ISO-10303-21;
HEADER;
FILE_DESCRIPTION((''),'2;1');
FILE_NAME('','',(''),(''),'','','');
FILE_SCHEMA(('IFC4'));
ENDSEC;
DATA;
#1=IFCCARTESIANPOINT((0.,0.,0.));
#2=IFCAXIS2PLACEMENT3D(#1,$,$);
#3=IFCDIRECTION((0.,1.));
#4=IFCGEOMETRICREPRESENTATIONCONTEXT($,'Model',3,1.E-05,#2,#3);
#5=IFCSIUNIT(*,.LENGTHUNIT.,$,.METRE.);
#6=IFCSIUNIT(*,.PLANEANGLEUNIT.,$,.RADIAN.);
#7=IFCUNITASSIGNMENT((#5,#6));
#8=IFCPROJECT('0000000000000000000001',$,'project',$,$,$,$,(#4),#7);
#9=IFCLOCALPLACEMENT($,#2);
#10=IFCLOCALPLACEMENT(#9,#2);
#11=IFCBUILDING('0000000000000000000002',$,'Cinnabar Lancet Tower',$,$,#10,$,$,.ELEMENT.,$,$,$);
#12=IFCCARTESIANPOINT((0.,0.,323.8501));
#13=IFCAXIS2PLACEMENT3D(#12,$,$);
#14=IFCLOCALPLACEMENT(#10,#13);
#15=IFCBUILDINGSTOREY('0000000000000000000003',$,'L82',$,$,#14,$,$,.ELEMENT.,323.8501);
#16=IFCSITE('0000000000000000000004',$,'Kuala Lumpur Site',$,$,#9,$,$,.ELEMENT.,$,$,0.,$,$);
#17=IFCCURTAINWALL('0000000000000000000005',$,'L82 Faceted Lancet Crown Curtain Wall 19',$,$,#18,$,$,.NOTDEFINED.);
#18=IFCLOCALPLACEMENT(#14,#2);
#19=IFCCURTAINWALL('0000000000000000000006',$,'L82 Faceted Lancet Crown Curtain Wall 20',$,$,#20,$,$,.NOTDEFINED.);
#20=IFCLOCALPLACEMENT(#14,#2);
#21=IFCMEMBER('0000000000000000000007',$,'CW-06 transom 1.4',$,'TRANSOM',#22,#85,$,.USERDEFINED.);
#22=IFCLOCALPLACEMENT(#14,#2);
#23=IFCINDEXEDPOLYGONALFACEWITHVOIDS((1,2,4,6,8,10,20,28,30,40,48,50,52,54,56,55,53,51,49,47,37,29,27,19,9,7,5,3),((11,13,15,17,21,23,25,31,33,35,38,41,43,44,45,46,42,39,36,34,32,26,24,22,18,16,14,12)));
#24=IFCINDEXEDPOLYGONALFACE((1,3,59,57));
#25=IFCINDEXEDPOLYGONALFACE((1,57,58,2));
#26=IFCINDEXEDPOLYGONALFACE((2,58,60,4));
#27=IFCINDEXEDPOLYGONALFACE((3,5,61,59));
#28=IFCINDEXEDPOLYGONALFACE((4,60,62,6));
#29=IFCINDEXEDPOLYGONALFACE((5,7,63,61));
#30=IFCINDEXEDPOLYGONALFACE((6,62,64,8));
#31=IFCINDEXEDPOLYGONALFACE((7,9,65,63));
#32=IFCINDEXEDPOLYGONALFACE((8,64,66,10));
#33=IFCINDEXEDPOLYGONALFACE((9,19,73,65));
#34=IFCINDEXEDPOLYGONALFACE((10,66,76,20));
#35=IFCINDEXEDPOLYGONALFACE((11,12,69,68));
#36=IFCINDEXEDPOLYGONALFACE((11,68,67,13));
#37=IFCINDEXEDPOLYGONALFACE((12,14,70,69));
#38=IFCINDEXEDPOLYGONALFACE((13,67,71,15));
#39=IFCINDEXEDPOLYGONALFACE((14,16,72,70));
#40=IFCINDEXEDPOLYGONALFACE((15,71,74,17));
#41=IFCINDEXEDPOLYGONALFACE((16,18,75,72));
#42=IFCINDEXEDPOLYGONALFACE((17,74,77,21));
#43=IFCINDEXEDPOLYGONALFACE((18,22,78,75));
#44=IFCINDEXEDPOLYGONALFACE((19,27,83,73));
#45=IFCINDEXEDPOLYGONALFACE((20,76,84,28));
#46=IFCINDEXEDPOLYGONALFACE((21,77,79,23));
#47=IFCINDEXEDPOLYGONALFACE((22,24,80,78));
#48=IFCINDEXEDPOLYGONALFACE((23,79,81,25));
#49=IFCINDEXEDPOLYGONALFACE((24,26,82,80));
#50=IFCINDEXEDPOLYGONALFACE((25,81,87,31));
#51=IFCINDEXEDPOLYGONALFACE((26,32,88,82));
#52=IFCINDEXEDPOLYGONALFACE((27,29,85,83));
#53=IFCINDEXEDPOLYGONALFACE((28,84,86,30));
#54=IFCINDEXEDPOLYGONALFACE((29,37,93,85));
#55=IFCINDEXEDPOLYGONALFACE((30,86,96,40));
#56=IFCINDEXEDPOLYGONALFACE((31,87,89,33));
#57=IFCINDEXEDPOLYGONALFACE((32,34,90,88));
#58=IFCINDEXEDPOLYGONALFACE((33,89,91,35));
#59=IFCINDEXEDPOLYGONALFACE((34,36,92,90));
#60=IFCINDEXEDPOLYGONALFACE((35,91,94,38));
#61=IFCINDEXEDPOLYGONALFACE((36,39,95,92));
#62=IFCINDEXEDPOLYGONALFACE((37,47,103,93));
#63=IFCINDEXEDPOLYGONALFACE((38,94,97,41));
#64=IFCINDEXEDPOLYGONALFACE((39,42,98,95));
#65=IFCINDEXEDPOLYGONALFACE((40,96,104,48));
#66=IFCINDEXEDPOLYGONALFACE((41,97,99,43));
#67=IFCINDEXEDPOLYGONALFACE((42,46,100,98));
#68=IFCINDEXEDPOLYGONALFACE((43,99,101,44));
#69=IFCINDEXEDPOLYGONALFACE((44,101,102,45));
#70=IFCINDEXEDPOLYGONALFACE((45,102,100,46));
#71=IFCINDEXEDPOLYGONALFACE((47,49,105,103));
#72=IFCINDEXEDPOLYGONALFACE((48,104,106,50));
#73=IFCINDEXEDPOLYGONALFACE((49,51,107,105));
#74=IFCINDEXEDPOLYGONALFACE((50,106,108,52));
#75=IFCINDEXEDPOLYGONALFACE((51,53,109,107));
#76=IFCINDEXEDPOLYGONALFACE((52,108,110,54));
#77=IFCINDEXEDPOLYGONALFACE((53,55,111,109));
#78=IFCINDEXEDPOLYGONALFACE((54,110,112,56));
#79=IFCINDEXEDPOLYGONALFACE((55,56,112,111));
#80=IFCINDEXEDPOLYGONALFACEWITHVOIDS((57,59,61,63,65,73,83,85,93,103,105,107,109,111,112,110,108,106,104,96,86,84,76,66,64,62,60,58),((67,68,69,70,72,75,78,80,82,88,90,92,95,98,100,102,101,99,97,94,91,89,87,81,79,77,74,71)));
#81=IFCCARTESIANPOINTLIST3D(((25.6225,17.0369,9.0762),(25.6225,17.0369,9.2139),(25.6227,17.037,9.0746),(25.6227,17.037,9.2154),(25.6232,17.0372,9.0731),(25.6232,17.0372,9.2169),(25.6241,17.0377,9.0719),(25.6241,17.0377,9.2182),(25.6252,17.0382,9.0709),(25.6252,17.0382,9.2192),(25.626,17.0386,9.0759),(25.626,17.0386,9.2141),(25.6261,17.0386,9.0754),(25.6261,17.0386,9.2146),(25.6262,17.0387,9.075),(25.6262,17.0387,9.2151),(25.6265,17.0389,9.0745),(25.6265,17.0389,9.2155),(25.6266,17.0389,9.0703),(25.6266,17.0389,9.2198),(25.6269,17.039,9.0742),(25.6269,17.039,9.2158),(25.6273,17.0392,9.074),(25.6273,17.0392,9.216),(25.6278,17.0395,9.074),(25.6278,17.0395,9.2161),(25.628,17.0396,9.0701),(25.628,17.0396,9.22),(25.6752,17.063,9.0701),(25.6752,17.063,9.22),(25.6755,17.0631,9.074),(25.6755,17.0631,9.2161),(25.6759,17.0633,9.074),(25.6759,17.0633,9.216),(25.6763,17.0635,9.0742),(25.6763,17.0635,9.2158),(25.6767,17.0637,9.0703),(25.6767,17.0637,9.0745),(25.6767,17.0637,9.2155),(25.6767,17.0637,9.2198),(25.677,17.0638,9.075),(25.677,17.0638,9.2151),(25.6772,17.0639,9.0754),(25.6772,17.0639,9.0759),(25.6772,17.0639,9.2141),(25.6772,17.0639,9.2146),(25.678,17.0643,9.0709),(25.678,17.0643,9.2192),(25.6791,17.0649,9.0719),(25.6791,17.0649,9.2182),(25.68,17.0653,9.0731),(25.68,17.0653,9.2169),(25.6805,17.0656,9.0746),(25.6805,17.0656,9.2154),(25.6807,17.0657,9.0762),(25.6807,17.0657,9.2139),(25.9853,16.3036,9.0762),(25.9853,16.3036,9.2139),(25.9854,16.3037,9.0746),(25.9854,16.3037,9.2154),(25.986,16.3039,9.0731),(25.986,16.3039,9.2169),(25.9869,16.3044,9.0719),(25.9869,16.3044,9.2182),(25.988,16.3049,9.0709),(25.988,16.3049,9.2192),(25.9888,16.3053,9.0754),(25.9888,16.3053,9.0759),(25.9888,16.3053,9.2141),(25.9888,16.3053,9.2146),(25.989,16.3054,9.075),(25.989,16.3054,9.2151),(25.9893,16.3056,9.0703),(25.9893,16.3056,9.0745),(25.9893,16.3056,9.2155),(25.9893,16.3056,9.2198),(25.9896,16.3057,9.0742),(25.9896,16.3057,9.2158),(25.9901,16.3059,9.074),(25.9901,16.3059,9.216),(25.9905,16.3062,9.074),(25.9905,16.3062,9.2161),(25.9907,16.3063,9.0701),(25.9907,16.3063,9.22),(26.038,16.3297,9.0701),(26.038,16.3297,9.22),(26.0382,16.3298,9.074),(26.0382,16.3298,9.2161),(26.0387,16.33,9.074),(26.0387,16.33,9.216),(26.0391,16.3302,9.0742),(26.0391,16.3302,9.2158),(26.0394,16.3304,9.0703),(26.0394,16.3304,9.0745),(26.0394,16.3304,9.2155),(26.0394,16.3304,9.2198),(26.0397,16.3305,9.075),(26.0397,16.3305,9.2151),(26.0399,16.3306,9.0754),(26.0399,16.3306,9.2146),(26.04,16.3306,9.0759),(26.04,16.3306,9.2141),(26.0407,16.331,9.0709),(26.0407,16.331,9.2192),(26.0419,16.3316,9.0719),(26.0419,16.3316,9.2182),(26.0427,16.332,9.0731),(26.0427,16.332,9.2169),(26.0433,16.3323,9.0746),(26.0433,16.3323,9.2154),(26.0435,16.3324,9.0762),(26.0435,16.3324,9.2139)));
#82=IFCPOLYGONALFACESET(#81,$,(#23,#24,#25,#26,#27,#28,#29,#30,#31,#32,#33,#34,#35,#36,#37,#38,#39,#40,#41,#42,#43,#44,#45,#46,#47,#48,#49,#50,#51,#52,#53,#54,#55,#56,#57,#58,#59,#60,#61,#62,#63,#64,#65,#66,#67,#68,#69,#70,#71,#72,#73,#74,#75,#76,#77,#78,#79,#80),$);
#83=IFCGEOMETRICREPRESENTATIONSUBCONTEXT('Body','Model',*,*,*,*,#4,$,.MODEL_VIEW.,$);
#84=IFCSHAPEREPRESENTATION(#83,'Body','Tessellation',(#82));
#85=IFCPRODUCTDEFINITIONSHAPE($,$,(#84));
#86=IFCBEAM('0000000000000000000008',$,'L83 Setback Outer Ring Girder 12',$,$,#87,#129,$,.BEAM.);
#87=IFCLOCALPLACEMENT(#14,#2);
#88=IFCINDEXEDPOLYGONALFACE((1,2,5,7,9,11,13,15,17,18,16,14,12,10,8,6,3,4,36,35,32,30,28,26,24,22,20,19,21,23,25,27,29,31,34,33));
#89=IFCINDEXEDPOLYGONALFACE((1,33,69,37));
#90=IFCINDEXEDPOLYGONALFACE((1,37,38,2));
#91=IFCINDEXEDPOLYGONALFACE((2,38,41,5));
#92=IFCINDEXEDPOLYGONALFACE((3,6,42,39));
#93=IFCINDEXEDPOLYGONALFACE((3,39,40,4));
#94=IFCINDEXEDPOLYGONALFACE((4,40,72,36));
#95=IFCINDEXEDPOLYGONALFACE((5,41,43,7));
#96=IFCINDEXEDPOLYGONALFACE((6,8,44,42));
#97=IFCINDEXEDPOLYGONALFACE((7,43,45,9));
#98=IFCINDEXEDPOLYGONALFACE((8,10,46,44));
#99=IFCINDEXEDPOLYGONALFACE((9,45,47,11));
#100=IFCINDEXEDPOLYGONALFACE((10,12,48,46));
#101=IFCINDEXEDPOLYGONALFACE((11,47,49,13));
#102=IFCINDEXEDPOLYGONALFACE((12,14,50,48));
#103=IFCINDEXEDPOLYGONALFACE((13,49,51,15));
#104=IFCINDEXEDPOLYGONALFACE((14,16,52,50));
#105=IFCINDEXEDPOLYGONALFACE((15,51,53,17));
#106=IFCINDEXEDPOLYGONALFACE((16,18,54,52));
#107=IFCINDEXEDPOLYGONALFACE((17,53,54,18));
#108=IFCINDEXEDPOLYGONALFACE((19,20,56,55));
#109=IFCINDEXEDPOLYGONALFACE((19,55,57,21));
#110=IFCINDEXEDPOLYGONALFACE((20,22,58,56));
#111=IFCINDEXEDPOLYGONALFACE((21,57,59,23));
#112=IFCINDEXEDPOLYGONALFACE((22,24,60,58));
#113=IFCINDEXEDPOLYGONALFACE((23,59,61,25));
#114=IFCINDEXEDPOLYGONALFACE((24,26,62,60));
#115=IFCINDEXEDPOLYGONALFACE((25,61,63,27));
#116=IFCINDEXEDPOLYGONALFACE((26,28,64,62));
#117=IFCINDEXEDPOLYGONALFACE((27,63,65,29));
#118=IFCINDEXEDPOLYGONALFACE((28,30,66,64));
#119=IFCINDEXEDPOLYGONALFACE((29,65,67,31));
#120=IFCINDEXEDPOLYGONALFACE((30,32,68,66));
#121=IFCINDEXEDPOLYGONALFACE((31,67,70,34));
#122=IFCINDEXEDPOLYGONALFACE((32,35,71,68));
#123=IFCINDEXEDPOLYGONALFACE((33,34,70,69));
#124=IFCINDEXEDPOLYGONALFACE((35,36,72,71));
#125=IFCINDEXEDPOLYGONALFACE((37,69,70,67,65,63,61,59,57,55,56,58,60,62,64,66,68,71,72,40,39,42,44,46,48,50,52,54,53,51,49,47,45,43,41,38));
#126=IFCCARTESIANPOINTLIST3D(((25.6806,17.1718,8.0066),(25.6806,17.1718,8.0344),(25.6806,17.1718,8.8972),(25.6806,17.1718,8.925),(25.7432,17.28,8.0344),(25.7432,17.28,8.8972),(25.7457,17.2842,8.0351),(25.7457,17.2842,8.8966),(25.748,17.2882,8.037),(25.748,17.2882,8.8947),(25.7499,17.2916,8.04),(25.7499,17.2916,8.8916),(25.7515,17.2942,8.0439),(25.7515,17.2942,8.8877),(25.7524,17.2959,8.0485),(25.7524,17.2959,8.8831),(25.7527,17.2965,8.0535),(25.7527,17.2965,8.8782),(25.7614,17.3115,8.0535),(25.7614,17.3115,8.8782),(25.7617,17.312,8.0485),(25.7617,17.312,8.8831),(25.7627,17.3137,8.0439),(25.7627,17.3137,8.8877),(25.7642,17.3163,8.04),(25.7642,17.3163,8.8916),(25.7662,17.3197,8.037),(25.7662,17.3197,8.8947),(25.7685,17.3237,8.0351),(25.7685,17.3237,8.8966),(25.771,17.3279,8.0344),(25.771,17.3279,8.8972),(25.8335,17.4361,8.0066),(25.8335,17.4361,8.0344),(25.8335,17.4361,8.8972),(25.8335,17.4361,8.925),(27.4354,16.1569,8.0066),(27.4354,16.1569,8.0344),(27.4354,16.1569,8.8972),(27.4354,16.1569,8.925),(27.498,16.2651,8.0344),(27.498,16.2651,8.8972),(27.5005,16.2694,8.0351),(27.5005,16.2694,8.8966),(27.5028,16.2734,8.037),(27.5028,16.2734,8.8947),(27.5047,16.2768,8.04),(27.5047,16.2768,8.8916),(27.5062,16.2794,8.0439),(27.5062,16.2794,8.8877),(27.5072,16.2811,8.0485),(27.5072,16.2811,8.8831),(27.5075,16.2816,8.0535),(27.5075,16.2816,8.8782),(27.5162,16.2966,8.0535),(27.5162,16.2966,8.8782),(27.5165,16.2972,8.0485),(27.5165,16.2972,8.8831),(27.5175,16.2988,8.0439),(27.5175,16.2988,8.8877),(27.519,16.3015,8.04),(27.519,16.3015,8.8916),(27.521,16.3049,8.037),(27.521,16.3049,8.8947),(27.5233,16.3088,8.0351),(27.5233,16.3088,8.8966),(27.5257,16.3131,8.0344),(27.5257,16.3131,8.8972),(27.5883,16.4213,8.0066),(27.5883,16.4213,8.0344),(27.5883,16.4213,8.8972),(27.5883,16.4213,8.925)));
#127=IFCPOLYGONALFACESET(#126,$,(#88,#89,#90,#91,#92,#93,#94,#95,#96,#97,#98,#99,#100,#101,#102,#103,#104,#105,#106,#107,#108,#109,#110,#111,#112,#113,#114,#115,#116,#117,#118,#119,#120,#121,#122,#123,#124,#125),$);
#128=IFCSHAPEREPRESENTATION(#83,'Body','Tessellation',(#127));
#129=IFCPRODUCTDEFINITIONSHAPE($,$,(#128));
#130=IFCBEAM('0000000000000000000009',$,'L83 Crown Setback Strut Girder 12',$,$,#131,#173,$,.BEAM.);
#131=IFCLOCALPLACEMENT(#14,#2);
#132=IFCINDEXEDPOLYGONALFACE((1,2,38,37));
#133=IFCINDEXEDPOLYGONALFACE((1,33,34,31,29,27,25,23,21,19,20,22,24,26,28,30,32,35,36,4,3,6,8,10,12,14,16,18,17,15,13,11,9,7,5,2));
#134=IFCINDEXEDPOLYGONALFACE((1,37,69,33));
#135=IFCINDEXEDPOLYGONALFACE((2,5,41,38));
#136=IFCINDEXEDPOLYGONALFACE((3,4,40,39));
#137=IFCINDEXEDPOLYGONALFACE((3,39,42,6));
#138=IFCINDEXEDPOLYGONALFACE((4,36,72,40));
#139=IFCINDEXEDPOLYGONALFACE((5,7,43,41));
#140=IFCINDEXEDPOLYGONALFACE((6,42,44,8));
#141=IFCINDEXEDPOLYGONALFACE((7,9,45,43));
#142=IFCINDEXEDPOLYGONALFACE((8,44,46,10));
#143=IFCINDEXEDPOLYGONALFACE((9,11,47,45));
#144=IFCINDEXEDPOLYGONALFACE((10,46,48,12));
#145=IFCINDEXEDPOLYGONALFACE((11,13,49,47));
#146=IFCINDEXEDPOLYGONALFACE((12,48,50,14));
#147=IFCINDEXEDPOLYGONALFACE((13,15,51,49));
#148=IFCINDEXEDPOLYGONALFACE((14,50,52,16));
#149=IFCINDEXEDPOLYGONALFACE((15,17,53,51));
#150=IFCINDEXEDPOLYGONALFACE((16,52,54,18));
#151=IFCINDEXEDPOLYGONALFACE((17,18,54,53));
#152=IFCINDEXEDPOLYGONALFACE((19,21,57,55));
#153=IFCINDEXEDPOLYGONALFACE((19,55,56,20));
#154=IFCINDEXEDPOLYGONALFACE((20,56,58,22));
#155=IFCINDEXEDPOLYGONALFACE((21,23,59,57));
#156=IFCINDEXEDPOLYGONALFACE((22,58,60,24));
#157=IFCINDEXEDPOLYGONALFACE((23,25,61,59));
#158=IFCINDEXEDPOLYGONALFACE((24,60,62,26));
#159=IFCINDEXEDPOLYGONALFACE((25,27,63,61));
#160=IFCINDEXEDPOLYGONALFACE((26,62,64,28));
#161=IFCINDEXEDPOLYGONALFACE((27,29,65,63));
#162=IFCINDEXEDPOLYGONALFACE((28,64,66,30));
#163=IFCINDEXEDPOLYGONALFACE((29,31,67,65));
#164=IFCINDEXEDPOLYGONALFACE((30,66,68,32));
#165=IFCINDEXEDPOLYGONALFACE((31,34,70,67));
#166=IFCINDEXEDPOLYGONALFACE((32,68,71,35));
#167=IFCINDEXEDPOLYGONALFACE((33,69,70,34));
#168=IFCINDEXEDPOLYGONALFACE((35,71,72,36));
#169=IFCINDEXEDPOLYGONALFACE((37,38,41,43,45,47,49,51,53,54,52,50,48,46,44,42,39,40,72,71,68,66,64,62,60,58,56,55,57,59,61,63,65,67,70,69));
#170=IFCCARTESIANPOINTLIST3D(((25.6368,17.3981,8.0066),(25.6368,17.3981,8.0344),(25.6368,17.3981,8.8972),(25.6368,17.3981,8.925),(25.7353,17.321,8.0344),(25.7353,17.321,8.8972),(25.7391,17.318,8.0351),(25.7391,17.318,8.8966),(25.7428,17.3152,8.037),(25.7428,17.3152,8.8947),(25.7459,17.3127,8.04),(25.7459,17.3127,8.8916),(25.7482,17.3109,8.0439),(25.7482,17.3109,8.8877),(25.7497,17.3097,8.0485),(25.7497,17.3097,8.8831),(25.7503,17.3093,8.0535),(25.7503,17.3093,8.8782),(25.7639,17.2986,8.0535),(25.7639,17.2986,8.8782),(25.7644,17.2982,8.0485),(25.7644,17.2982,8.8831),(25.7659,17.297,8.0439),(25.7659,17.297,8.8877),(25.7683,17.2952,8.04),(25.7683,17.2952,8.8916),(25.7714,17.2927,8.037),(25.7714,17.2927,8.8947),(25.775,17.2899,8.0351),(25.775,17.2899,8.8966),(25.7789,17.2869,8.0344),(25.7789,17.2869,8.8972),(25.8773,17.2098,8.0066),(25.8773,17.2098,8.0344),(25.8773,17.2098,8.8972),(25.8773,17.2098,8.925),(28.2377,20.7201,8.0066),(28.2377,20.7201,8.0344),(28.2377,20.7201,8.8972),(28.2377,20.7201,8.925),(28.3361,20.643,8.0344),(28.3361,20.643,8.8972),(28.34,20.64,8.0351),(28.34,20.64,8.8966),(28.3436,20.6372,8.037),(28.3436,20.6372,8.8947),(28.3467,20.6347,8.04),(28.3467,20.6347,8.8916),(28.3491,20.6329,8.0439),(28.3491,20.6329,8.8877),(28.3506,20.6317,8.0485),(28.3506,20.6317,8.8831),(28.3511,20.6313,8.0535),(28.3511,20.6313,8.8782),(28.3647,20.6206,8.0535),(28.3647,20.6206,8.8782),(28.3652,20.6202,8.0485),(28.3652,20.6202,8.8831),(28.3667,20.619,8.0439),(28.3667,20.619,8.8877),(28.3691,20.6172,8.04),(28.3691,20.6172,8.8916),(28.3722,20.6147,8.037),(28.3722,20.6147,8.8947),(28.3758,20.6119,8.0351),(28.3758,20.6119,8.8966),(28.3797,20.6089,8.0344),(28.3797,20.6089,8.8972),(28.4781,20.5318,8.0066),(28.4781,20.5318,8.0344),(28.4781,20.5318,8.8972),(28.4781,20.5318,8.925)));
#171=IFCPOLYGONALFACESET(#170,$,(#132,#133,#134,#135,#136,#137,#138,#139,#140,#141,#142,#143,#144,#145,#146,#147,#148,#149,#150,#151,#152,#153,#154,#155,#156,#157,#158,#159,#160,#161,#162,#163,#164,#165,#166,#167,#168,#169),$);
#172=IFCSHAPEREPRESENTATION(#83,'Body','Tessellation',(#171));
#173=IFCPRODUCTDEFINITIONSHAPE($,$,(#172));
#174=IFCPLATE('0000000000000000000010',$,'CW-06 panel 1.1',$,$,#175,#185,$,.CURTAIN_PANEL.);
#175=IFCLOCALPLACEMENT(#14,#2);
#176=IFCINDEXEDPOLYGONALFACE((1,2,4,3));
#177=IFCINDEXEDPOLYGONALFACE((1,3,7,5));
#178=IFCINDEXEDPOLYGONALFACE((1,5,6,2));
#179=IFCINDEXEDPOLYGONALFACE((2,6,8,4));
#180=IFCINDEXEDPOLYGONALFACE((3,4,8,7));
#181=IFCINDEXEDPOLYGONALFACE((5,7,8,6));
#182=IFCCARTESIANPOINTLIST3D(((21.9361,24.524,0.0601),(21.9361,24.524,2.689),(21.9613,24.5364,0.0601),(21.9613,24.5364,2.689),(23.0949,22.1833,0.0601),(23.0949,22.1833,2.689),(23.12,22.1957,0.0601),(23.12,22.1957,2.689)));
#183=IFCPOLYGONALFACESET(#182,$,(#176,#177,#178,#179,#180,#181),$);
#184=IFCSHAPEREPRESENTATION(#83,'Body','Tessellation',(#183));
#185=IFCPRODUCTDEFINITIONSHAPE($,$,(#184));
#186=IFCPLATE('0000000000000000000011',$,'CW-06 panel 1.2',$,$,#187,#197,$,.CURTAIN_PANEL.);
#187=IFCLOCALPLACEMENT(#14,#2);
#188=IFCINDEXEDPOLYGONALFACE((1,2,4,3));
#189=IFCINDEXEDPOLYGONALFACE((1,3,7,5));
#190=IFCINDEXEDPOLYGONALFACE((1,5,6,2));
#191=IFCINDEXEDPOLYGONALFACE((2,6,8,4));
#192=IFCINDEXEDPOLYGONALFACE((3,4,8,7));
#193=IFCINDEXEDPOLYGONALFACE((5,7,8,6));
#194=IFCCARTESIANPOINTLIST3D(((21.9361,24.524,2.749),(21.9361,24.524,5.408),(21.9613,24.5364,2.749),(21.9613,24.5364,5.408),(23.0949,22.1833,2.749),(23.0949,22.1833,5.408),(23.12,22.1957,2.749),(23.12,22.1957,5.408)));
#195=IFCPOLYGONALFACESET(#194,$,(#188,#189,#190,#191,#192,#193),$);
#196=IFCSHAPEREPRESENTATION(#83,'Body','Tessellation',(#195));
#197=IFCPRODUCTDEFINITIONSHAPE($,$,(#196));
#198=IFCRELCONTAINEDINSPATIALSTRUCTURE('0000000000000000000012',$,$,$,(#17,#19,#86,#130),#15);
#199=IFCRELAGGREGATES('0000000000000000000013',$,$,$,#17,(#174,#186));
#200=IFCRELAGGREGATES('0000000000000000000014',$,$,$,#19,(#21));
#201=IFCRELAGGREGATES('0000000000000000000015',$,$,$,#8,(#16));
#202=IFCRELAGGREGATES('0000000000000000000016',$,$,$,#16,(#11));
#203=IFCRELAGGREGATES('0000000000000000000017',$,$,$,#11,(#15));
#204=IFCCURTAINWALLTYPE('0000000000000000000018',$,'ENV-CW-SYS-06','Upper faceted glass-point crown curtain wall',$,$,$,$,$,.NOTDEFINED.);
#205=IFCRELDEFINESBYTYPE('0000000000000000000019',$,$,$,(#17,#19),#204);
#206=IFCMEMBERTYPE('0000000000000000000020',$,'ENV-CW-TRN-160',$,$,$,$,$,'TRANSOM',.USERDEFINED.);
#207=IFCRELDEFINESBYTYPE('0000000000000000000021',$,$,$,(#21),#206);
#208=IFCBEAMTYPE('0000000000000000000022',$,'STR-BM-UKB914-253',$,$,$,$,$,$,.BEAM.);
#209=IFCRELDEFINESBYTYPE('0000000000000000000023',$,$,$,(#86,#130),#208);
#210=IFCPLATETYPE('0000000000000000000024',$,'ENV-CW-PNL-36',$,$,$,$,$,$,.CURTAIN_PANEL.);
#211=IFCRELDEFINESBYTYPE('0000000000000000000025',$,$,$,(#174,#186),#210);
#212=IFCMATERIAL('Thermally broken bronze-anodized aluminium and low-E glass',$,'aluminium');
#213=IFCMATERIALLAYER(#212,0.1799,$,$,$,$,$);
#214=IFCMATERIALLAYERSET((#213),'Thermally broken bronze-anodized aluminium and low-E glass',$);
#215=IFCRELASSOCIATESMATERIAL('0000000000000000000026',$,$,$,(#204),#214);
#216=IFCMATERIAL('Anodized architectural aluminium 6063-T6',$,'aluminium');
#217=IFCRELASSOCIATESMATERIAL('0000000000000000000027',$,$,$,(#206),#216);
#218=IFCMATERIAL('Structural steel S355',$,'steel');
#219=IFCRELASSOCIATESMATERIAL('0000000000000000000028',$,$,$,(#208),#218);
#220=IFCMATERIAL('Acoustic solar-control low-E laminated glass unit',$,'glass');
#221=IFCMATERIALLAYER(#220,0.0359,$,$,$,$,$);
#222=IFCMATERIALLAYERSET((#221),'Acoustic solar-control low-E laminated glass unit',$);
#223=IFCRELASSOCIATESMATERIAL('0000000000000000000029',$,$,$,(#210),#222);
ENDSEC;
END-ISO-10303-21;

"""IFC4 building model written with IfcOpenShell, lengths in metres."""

from ifc_helpers import new_model, si_unit, direction, frame, origin, origin_2d, place, context, subcontext, project, spatial, rectangle, hollow_rectangle, i_section, extrude, material, layer, layer_set, material_profile, profile_set, type_object, element, aggregate, save


model = new_model("IFC4")

# Units and contexts
model_context = context("Model", 3, precision=1e-05, world=origin(), true_north=direction((0.0, 1.0)))
body_context = subcontext(model_context, "Body", "Model", "MODEL_VIEW")
ifc_project = project(units=[si_unit("LENGTHUNIT", "METRE"), si_unit("PLANEANGLEUNIT", "RADIAN")], contexts=[model_context])

# Site, building, storey
site_placement = place(None, origin())
site = spatial("IfcSite", under=ifc_project, at=site_placement, Name="Kuala Lumpur Site", CompositionType="ELEMENT", RefElevation=0.0)
building_placement = place(site_placement, origin())
building = spatial("IfcBuilding", under=site, at=building_placement, Name="Cinnabar Lancet Tower", CompositionType="ELEMENT")
storey_placement = place(building_placement, frame((0.0, 0.0, 323.8501)))
storey = spatial("IfcBuildingStorey", under=building, at=storey_placement, Name="L82", CompositionType="ELEMENT", Elevation=323.8501)

# Curtain wall
ifc_material_1 = material(Name="Thermally broken bronze-anodized aluminium and low-E glass", Category="aluminium")
ifc_layer_1 = layer(ifc_material_1, 0.1799)
ifc_layer_set_1 = layer_set([ifc_layer_1], Name="Thermally broken bronze-anodized aluminium and low-E glass")
curtain_wall_type = type_object("IfcCurtainWallType", Name="ENV-CW-SYS-06", Description="Upper faceted glass-point crown curtain wall", PredefinedType="NOTDEFINED", material=ifc_layer_set_1)
curtain_wall_1_placement = place(storey_placement, origin())
curtain_wall_1 = element("IfcCurtainWall", 1, at=curtain_wall_1_placement, inside=storey, type_object=curtain_wall_type, Name="L82 Faceted Lancet Crown Curtain Wall 19", PredefinedType="NOTDEFINED")

# Curtain wall
curtain_wall_2_placement = place(storey_placement, origin())
curtain_wall_2 = element("IfcCurtainWall", 2, at=curtain_wall_2_placement, inside=storey, type_object=curtain_wall_type, Name="L82 Faceted Lancet Crown Curtain Wall 20", PredefinedType="NOTDEFINED")

# Member
ifc_material_2 = material(Name="Anodized architectural aluminium 6063-T6", Category="aluminium")
ifc_material_profile_1 = material_profile(ifc_material_2, hollow_rectangle(XDim=0.0649, YDim=0.1499, WallThickness=0.0039, InnerFilletRadius=0.002, OuterFilletRadius=0.0061, at=origin_2d()), Name="CW-TRN 150x65x4")
ifc_profile_set_1 = profile_set([ifc_material_profile_1], Name="Anodized architectural aluminium 6063-T6")
member_type_1 = type_object("IfcMemberType", Name="ENV-CW-TRN-160", ElementType="TRANSOM", PredefinedType="USERDEFINED", material=ifc_profile_set_1)
member_1_placement = place(storey_placement, frame((25.6516, 17.0513, 9.145), z_axis=(0.44339, -0.896329, 0.0), x_axis=(0.896329, 0.44339, 0.0)))
member_1 = element("IfcMember", 3, at=member_1_placement, type_object=member_type_1, Name="CW-06 transom 1.4", ObjectType="TRANSOM", PredefinedType="USERDEFINED", context=body_context, shape_type="SweptSolid", body=[
    extrude(hollow_rectangle(XDim=0.0649, YDim=0.1499, WallThickness=0.0039, InnerFilletRadius=0.002, OuterFilletRadius=0.0061, at=origin_2d()), origin(), (0.0, 0.0, 1.0), 0.8181),
])

# Beams
ifc_material_3 = material(Name="Structural steel S355", Category="steel")
ifc_material_profile_2 = material_profile(ifc_material_3, i_section(OverallWidth=0.3054, OverallDepth=0.9185, WebThickness=0.0173, FlangeThickness=0.0278, FilletRadius=0.019, at=origin_2d()), Name="UKB 914x305x253")
ifc_profile_set_2 = profile_set([ifc_material_profile_2], Name="Structural steel S355")
beam_type = type_object("IfcBeamType", Name="STR-BM-UKB914-253", PredefinedType="BEAM", material=ifc_profile_set_2)
beam_1_placement = place(storey_placement, frame((25.7571, 17.304, 8.4658), z_axis=(0.86566, -0.500633, 0.0), x_axis=(0.500633, 0.86566, 0.0)))
element("IfcBeam", 4, at=beam_1_placement, inside=storey, type_object=beam_type, Name="L83 Setback Outer Ring Girder 12", PredefinedType="BEAM", context=body_context, shape_type="SweptSolid", body=[
    extrude(i_section(OverallWidth=0.3054, OverallDepth=0.9185, WebThickness=0.0173, FlangeThickness=0.0278, FilletRadius=0.019, at=origin_2d()), origin(), (0.0, 0.0, 1.0), 2.0271),
])
beam_2_placement = place(storey_placement, frame((25.7571, 17.304, 8.4658), z_axis=(0.616453, 0.787391, 0.0), x_axis=(-0.787391, 0.616453, 0.0)))
element("IfcBeam", 5, at=beam_2_placement, inside=storey, type_object=beam_type, Name="L83 Crown Setback Strut Girder 12", PredefinedType="BEAM", context=body_context, shape_type="SweptSolid", body=[
    extrude(i_section(OverallWidth=0.3054, OverallDepth=0.9185, WebThickness=0.0173, FlangeThickness=0.0278, FilletRadius=0.019, at=origin_2d()), origin(), (0.0, 0.0, 1.0), 4.219),
])

# Plates
ifc_material_4 = material(Name="Acoustic solar-control low-E laminated glass unit", Category="glass")
ifc_layer_2 = layer(ifc_material_4, 0.0359)
ifc_layer_set_2 = layer_set([ifc_layer_2], Name="Acoustic solar-control low-E laminated glass unit")
plate_type = type_object("IfcPlateType", Name="ENV-CW-PNL-36", PredefinedType="CURTAIN_PANEL", material=ifc_layer_set_2)
plate_1_placement = place(storey_placement, frame((22.5281, 23.3599, 0.0601), z_axis=(0.0, 0.0, 1.0), x_axis=(0.443657, -0.896197, 0.0)))
plate_1 = element("IfcPlate", 6, at=plate_1_placement, type_object=plate_type, Name="CW-06 panel 1.1", PredefinedType="CURTAIN_PANEL", context=body_context, shape_type="SweptSolid", body=[
    extrude(rectangle(XDim=2.6118, YDim=0.0281, at=origin_2d()), origin(), (0.0, 0.0, 1.0), 2.6289),
])
plate_2_placement = place(storey_placement, frame((22.5281, 23.3599, 2.749), z_axis=(0.0, 0.0, 1.0), x_axis=(0.443657, -0.896197, 0.0)))
plate_2 = element("IfcPlate", 7, at=plate_2_placement, type_object=plate_type, Name="CW-06 panel 1.2", PredefinedType="CURTAIN_PANEL", context=body_context, shape_type="SweptSolid", body=[
    extrude(rectangle(XDim=2.6118, YDim=0.0281, at=origin_2d()), origin(), (0.0, 0.0, 1.0), 2.6589),
])
aggregate(curtain_wall_1, [plate_1, plate_2])
aggregate(curtain_wall_2, [member_1])

save(model, "model.ifc")
